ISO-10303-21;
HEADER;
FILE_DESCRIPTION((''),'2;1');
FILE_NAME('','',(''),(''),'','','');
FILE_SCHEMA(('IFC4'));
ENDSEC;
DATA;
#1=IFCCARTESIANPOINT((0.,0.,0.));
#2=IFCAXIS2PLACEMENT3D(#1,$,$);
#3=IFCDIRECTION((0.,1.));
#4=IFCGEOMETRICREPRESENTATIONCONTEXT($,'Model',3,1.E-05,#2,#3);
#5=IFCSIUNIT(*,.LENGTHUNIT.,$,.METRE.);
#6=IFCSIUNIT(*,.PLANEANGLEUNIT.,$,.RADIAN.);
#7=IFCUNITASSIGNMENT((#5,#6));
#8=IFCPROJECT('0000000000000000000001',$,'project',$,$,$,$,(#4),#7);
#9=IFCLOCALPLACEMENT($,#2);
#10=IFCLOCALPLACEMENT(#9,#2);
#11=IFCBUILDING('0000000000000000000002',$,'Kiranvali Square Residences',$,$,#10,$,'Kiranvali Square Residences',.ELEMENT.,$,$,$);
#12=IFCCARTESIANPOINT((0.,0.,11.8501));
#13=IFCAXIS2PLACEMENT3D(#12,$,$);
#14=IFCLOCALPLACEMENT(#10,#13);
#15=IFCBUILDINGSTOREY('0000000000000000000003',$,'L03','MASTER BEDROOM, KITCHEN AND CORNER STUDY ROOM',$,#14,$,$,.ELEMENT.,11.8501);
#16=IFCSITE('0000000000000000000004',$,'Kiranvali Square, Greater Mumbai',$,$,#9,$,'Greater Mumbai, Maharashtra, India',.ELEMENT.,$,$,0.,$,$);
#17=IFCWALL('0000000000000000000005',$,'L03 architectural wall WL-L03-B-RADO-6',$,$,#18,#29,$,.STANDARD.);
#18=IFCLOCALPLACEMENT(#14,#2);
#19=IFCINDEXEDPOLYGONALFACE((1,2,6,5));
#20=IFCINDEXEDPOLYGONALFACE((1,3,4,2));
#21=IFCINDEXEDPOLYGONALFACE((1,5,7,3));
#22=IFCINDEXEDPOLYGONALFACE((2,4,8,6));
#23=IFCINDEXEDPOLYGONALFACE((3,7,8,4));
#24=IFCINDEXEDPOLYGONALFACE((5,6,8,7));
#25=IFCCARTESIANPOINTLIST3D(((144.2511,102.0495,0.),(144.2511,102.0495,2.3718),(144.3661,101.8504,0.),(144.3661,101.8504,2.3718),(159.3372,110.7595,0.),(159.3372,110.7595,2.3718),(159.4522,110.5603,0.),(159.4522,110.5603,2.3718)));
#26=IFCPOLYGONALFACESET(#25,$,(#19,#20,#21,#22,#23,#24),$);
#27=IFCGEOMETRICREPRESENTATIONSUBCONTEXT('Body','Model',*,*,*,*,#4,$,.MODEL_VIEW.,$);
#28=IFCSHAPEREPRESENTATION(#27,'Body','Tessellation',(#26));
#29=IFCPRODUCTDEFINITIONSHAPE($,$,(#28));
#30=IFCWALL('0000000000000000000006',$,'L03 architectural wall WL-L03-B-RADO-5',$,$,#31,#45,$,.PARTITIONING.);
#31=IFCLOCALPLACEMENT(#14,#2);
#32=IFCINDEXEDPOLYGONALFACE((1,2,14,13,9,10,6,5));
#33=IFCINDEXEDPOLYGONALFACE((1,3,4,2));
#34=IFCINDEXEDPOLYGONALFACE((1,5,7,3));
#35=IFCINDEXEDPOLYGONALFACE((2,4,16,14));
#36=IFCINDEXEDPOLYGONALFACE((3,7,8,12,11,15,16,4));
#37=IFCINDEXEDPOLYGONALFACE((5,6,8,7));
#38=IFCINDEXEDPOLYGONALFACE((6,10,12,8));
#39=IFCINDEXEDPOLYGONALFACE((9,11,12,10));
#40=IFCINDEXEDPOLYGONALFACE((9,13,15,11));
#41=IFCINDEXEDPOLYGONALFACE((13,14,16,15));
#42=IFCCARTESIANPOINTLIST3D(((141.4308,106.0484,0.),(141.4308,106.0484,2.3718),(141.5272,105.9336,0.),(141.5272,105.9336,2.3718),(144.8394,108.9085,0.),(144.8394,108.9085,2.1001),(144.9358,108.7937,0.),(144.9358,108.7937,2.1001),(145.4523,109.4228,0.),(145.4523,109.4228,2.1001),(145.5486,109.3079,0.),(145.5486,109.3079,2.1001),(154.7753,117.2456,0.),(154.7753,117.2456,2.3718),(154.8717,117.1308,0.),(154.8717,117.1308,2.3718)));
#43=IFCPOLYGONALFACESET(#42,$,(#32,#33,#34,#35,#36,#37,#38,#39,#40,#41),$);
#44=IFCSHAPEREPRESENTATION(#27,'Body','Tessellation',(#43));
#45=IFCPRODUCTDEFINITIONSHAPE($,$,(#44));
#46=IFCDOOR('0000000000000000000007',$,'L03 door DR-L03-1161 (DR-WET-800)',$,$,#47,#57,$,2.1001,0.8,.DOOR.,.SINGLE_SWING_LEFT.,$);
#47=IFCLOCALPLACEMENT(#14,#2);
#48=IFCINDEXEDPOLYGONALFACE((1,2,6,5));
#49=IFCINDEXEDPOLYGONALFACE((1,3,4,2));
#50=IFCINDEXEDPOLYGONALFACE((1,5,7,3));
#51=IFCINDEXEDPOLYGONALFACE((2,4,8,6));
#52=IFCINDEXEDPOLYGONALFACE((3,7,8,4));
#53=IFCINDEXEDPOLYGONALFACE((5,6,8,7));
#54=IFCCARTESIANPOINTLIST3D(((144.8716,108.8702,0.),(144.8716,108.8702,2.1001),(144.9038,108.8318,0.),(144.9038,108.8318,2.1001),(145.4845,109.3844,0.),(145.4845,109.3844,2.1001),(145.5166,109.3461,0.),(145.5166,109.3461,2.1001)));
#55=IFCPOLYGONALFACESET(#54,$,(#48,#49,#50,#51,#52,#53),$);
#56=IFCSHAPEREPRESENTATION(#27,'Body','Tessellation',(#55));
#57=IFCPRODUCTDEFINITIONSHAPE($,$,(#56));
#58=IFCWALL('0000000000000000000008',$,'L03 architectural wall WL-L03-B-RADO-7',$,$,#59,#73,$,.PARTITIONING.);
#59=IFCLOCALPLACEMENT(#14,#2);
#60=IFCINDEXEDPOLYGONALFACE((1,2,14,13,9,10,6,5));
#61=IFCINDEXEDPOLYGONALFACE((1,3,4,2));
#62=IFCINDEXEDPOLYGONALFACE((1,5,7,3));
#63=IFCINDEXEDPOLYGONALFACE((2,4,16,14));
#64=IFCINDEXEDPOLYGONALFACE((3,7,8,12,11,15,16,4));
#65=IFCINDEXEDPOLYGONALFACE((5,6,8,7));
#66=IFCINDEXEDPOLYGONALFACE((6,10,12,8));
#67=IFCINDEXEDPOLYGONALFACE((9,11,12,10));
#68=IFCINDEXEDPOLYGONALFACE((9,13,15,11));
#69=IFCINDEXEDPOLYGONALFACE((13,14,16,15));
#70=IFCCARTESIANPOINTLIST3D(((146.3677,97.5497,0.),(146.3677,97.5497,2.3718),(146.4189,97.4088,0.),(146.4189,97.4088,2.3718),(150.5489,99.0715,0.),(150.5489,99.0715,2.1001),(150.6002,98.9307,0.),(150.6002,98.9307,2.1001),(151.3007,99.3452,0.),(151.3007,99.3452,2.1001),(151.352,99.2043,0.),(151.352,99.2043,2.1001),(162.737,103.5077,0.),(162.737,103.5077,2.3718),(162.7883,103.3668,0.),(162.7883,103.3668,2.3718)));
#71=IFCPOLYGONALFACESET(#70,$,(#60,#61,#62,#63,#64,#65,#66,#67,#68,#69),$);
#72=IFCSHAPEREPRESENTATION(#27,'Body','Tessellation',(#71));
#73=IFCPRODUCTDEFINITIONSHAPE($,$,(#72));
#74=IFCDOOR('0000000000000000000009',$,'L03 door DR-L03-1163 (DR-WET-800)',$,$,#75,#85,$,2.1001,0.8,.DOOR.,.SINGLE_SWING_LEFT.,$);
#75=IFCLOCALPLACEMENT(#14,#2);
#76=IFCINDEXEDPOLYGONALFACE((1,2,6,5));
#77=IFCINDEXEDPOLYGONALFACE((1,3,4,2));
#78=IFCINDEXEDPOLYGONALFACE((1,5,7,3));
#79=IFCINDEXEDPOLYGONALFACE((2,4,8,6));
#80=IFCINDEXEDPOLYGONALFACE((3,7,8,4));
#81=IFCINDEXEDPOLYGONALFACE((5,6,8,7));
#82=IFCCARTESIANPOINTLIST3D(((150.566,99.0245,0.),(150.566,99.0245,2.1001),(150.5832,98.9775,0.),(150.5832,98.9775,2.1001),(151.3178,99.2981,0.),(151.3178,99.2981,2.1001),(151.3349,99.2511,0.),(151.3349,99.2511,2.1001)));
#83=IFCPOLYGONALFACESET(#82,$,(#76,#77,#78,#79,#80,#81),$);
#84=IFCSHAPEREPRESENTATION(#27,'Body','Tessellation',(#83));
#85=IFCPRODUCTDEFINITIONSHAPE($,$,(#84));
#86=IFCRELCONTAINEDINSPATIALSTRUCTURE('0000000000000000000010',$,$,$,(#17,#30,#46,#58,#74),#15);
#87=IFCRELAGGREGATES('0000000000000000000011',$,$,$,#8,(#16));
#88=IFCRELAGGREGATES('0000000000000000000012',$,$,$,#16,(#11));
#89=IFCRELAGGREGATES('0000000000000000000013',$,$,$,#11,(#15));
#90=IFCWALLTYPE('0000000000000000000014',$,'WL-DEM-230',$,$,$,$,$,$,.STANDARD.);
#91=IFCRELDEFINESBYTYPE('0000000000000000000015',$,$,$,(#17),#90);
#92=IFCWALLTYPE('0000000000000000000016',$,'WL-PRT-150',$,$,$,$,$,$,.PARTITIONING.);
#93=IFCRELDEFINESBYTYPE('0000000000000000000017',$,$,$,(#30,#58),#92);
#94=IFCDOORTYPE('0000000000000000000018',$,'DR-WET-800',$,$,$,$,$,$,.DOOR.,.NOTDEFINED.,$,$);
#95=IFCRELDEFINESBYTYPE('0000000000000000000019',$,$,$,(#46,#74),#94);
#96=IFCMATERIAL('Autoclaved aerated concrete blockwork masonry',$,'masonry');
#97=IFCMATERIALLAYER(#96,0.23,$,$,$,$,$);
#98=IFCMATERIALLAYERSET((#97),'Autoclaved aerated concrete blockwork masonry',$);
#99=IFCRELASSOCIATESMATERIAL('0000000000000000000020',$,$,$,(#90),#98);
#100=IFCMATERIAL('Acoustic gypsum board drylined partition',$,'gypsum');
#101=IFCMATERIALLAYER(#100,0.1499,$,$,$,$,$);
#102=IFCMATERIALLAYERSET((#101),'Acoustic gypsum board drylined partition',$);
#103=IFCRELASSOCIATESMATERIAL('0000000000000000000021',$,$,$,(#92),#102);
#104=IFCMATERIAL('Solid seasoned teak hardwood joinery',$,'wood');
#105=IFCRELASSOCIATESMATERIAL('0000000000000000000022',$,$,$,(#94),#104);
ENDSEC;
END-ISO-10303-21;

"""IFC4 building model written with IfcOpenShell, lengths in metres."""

from ifc_helpers import new_model, si_unit, direction, frame, frame_2d, origin, place, context, subcontext, project, spatial, rectangle, extrude, material, layer, layer_set, type_object, element, fill, save


model = new_model("IFC4")

# Units and contexts
model_context = context("Model", 3, precision=1e-05, world=origin(), true_north=direction((0.0, 1.0)))
body_context = subcontext(model_context, "Body", "Model", "MODEL_VIEW")
ifc_project = project(units=[si_unit("LENGTHUNIT", "METRE"), si_unit("PLANEANGLEUNIT", "RADIAN")], contexts=[model_context])

# Site, building, storey
site_placement = place(None, origin())
site = spatial("IfcSite", under=ifc_project, at=site_placement, Name="Kiranvali Square, Greater Mumbai", LongName="Greater Mumbai, Maharashtra, India", CompositionType="ELEMENT", RefElevation=0.0)
building_placement = place(site_placement, origin())
building = spatial("IfcBuilding", under=site, at=building_placement, Name="Kiranvali Square Residences", LongName="Kiranvali Square Residences", CompositionType="ELEMENT")
storey_placement = place(building_placement, frame((0.0, 0.0, 11.8501)))
storey = spatial("IfcBuildingStorey", under=building, at=storey_placement, Name="L03", Description="MASTER BEDROOM, KITCHEN AND CORNER STUDY ROOM", CompositionType="ELEMENT", Elevation=11.8501)

# Shared definitions
ifc_material_1 = material(Name="Autoclaved aerated concrete blockwork masonry", Category="masonry")

# Wall
ifc_layer_1 = layer(ifc_material_1, 0.23)
ifc_layer_set_1 = layer_set([ifc_layer_1], Name="Autoclaved aerated concrete blockwork masonry")
wall_type_1 = type_object("IfcWallType", Name="WL-DEM-230", PredefinedType="STANDARD", material=ifc_layer_set_1)
wall_1_placement = place(storey_placement, frame((144.3086, 101.95, 0.0), z_axis=(0.0, 0.0, 1.0), x_axis=(0.866027, 0.499998, 0.0)))
element("IfcWall", 1, at=wall_1_placement, inside=storey, type_object=wall_type_1, Name="L03 architectural wall WL-L03-B-RADO-6", PredefinedType="STANDARD", context=body_context, shape_type="SweptSolid", body=[
    extrude(rectangle(XDim=17.4199, YDim=0.23, at=frame_2d((8.71, 0.0))), origin(), (0.0, 0.0, 1.0), 2.3718),
])

# Walls, openings, doors
ifc_material_2 = material(Name="Acoustic gypsum board drylined partition", Category="gypsum")
ifc_layer_2 = layer(ifc_material_2, 0.1499)
ifc_layer_set_2 = layer_set([ifc_layer_2], Name="Acoustic gypsum board drylined partition")
wall_type_2 = type_object("IfcWallType", Name="WL-PRT-150", PredefinedType="PARTITIONING", material=ifc_layer_set_2)
wall_2_placement = place(storey_placement, frame((141.479, 105.991, 0.0), z_axis=(0.0, 0.0, 1.0), x_axis=(0.766047, 0.642785, 0.0)))
wall_2 = element("IfcWall", 2, at=wall_2_placement, inside=storey, type_object=wall_type_2, Name="L03 architectural wall WL-L03-B-RADO-5", PredefinedType="PARTITIONING", context=body_context, shape_type="SweptSolid", body=[
    extrude(rectangle(XDim=17.4199, YDim=0.1499, at=frame_2d((8.71, 0.0))), origin(), (0.0, 0.0, 1.0), 2.3718),
])
opening_1_placement = place(wall_2_placement, frame((4.4497, 0.0, 0.0)))
opening_1 = element("IfcOpeningElement", 3, at=opening_1_placement, cuts=wall_2, PredefinedType="OPENING", context=body_context, shape_type="SweptSolid", body=[
    extrude(rectangle(XDim=0.8, YDim=2.1001, at=frame_2d((0.3999, 1.05))), frame((0.0, 0.085, 0.0), z_axis=(0.0, -1.0, 0.0), x_axis=(1.0, 0.0, 0.0)), (0.0, 0.0, 1.0), 0.1699),
])
ifc_material_3 = material(Name="Solid seasoned teak hardwood joinery", Category="wood")
door_type_1 = type_object("IfcDoorType", Name="DR-WET-800", OperationType="NOTDEFINED", PredefinedType="DOOR", material=ifc_material_3)
door_1_placement = place(opening_1_placement, origin())
door_1 = element("IfcDoor", 4, at=door_1_placement, inside=storey, type_object=door_type_1, Name="L03 door DR-L03-1161 (DR-WET-800)", OperationType="SINGLE_SWING_LEFT", OverallHeight=2.1001, OverallWidth=0.8, PredefinedType="DOOR", context=body_context, shape_type="SweptSolid", body=[
    extrude(rectangle(XDim=0.8, YDim=2.1001, at=frame_2d((0.3999, 1.05))), frame((0.0, 0.0249, 0.0), z_axis=(0.0, -1.0, 0.0), x_axis=(1.0, 0.0, 0.0)), (0.0, 0.0, 1.0), 0.05),
])
fill(opening_1, door_1)
wall_3_placement = place(storey_placement, frame((146.3933, 97.4792, 0.0), z_axis=(0.0, 0.0, 1.0), x_axis=(0.939692, 0.342022, 0.0)))
wall_3 = element("IfcWall", 5, at=wall_3_placement, inside=storey, type_object=wall_type_2, Name="L03 architectural wall WL-L03-B-RADO-7", PredefinedType="PARTITIONING", context=body_context, shape_type="SweptSolid", body=[
    extrude(rectangle(XDim=17.4199, YDim=0.1499, at=frame_2d((8.71, 0.0))), origin(), (0.0, 0.0, 1.0), 2.3718),
])
opening_2_placement = place(wall_3_placement, frame((4.4497, 0.0, 0.0)))
opening_2 = element("IfcOpeningElement", 6, at=opening_2_placement, cuts=wall_3, PredefinedType="OPENING", context=body_context, shape_type="SweptSolid", body=[
    extrude(rectangle(XDim=0.8, YDim=2.1001, at=frame_2d((0.3999, 1.05))), frame((0.0, 0.085, 0.0), z_axis=(0.0, -1.0, 0.0), x_axis=(1.0, 0.0, 0.0)), (0.0, 0.0, 1.0), 0.1699),
])
door_2_placement = place(opening_2_placement, origin())
door_2 = element("IfcDoor", 7, at=door_2_placement, inside=storey, type_object=door_type_1, Name="L03 door DR-L03-1163 (DR-WET-800)", OperationType="SINGLE_SWING_LEFT", OverallHeight=2.1001, OverallWidth=0.8, PredefinedType="DOOR", context=body_context, shape_type="SweptSolid", body=[
    extrude(rectangle(XDim=0.8, YDim=2.1001, at=frame_2d((0.3999, 1.05))), frame((0.0, 0.0249, 0.0), z_axis=(0.0, -1.0, 0.0), x_axis=(1.0, 0.0, 0.0)), (0.0, 0.0, 1.0), 0.05),
])
fill(opening_2, door_2)

save(model, "model.ifc")
